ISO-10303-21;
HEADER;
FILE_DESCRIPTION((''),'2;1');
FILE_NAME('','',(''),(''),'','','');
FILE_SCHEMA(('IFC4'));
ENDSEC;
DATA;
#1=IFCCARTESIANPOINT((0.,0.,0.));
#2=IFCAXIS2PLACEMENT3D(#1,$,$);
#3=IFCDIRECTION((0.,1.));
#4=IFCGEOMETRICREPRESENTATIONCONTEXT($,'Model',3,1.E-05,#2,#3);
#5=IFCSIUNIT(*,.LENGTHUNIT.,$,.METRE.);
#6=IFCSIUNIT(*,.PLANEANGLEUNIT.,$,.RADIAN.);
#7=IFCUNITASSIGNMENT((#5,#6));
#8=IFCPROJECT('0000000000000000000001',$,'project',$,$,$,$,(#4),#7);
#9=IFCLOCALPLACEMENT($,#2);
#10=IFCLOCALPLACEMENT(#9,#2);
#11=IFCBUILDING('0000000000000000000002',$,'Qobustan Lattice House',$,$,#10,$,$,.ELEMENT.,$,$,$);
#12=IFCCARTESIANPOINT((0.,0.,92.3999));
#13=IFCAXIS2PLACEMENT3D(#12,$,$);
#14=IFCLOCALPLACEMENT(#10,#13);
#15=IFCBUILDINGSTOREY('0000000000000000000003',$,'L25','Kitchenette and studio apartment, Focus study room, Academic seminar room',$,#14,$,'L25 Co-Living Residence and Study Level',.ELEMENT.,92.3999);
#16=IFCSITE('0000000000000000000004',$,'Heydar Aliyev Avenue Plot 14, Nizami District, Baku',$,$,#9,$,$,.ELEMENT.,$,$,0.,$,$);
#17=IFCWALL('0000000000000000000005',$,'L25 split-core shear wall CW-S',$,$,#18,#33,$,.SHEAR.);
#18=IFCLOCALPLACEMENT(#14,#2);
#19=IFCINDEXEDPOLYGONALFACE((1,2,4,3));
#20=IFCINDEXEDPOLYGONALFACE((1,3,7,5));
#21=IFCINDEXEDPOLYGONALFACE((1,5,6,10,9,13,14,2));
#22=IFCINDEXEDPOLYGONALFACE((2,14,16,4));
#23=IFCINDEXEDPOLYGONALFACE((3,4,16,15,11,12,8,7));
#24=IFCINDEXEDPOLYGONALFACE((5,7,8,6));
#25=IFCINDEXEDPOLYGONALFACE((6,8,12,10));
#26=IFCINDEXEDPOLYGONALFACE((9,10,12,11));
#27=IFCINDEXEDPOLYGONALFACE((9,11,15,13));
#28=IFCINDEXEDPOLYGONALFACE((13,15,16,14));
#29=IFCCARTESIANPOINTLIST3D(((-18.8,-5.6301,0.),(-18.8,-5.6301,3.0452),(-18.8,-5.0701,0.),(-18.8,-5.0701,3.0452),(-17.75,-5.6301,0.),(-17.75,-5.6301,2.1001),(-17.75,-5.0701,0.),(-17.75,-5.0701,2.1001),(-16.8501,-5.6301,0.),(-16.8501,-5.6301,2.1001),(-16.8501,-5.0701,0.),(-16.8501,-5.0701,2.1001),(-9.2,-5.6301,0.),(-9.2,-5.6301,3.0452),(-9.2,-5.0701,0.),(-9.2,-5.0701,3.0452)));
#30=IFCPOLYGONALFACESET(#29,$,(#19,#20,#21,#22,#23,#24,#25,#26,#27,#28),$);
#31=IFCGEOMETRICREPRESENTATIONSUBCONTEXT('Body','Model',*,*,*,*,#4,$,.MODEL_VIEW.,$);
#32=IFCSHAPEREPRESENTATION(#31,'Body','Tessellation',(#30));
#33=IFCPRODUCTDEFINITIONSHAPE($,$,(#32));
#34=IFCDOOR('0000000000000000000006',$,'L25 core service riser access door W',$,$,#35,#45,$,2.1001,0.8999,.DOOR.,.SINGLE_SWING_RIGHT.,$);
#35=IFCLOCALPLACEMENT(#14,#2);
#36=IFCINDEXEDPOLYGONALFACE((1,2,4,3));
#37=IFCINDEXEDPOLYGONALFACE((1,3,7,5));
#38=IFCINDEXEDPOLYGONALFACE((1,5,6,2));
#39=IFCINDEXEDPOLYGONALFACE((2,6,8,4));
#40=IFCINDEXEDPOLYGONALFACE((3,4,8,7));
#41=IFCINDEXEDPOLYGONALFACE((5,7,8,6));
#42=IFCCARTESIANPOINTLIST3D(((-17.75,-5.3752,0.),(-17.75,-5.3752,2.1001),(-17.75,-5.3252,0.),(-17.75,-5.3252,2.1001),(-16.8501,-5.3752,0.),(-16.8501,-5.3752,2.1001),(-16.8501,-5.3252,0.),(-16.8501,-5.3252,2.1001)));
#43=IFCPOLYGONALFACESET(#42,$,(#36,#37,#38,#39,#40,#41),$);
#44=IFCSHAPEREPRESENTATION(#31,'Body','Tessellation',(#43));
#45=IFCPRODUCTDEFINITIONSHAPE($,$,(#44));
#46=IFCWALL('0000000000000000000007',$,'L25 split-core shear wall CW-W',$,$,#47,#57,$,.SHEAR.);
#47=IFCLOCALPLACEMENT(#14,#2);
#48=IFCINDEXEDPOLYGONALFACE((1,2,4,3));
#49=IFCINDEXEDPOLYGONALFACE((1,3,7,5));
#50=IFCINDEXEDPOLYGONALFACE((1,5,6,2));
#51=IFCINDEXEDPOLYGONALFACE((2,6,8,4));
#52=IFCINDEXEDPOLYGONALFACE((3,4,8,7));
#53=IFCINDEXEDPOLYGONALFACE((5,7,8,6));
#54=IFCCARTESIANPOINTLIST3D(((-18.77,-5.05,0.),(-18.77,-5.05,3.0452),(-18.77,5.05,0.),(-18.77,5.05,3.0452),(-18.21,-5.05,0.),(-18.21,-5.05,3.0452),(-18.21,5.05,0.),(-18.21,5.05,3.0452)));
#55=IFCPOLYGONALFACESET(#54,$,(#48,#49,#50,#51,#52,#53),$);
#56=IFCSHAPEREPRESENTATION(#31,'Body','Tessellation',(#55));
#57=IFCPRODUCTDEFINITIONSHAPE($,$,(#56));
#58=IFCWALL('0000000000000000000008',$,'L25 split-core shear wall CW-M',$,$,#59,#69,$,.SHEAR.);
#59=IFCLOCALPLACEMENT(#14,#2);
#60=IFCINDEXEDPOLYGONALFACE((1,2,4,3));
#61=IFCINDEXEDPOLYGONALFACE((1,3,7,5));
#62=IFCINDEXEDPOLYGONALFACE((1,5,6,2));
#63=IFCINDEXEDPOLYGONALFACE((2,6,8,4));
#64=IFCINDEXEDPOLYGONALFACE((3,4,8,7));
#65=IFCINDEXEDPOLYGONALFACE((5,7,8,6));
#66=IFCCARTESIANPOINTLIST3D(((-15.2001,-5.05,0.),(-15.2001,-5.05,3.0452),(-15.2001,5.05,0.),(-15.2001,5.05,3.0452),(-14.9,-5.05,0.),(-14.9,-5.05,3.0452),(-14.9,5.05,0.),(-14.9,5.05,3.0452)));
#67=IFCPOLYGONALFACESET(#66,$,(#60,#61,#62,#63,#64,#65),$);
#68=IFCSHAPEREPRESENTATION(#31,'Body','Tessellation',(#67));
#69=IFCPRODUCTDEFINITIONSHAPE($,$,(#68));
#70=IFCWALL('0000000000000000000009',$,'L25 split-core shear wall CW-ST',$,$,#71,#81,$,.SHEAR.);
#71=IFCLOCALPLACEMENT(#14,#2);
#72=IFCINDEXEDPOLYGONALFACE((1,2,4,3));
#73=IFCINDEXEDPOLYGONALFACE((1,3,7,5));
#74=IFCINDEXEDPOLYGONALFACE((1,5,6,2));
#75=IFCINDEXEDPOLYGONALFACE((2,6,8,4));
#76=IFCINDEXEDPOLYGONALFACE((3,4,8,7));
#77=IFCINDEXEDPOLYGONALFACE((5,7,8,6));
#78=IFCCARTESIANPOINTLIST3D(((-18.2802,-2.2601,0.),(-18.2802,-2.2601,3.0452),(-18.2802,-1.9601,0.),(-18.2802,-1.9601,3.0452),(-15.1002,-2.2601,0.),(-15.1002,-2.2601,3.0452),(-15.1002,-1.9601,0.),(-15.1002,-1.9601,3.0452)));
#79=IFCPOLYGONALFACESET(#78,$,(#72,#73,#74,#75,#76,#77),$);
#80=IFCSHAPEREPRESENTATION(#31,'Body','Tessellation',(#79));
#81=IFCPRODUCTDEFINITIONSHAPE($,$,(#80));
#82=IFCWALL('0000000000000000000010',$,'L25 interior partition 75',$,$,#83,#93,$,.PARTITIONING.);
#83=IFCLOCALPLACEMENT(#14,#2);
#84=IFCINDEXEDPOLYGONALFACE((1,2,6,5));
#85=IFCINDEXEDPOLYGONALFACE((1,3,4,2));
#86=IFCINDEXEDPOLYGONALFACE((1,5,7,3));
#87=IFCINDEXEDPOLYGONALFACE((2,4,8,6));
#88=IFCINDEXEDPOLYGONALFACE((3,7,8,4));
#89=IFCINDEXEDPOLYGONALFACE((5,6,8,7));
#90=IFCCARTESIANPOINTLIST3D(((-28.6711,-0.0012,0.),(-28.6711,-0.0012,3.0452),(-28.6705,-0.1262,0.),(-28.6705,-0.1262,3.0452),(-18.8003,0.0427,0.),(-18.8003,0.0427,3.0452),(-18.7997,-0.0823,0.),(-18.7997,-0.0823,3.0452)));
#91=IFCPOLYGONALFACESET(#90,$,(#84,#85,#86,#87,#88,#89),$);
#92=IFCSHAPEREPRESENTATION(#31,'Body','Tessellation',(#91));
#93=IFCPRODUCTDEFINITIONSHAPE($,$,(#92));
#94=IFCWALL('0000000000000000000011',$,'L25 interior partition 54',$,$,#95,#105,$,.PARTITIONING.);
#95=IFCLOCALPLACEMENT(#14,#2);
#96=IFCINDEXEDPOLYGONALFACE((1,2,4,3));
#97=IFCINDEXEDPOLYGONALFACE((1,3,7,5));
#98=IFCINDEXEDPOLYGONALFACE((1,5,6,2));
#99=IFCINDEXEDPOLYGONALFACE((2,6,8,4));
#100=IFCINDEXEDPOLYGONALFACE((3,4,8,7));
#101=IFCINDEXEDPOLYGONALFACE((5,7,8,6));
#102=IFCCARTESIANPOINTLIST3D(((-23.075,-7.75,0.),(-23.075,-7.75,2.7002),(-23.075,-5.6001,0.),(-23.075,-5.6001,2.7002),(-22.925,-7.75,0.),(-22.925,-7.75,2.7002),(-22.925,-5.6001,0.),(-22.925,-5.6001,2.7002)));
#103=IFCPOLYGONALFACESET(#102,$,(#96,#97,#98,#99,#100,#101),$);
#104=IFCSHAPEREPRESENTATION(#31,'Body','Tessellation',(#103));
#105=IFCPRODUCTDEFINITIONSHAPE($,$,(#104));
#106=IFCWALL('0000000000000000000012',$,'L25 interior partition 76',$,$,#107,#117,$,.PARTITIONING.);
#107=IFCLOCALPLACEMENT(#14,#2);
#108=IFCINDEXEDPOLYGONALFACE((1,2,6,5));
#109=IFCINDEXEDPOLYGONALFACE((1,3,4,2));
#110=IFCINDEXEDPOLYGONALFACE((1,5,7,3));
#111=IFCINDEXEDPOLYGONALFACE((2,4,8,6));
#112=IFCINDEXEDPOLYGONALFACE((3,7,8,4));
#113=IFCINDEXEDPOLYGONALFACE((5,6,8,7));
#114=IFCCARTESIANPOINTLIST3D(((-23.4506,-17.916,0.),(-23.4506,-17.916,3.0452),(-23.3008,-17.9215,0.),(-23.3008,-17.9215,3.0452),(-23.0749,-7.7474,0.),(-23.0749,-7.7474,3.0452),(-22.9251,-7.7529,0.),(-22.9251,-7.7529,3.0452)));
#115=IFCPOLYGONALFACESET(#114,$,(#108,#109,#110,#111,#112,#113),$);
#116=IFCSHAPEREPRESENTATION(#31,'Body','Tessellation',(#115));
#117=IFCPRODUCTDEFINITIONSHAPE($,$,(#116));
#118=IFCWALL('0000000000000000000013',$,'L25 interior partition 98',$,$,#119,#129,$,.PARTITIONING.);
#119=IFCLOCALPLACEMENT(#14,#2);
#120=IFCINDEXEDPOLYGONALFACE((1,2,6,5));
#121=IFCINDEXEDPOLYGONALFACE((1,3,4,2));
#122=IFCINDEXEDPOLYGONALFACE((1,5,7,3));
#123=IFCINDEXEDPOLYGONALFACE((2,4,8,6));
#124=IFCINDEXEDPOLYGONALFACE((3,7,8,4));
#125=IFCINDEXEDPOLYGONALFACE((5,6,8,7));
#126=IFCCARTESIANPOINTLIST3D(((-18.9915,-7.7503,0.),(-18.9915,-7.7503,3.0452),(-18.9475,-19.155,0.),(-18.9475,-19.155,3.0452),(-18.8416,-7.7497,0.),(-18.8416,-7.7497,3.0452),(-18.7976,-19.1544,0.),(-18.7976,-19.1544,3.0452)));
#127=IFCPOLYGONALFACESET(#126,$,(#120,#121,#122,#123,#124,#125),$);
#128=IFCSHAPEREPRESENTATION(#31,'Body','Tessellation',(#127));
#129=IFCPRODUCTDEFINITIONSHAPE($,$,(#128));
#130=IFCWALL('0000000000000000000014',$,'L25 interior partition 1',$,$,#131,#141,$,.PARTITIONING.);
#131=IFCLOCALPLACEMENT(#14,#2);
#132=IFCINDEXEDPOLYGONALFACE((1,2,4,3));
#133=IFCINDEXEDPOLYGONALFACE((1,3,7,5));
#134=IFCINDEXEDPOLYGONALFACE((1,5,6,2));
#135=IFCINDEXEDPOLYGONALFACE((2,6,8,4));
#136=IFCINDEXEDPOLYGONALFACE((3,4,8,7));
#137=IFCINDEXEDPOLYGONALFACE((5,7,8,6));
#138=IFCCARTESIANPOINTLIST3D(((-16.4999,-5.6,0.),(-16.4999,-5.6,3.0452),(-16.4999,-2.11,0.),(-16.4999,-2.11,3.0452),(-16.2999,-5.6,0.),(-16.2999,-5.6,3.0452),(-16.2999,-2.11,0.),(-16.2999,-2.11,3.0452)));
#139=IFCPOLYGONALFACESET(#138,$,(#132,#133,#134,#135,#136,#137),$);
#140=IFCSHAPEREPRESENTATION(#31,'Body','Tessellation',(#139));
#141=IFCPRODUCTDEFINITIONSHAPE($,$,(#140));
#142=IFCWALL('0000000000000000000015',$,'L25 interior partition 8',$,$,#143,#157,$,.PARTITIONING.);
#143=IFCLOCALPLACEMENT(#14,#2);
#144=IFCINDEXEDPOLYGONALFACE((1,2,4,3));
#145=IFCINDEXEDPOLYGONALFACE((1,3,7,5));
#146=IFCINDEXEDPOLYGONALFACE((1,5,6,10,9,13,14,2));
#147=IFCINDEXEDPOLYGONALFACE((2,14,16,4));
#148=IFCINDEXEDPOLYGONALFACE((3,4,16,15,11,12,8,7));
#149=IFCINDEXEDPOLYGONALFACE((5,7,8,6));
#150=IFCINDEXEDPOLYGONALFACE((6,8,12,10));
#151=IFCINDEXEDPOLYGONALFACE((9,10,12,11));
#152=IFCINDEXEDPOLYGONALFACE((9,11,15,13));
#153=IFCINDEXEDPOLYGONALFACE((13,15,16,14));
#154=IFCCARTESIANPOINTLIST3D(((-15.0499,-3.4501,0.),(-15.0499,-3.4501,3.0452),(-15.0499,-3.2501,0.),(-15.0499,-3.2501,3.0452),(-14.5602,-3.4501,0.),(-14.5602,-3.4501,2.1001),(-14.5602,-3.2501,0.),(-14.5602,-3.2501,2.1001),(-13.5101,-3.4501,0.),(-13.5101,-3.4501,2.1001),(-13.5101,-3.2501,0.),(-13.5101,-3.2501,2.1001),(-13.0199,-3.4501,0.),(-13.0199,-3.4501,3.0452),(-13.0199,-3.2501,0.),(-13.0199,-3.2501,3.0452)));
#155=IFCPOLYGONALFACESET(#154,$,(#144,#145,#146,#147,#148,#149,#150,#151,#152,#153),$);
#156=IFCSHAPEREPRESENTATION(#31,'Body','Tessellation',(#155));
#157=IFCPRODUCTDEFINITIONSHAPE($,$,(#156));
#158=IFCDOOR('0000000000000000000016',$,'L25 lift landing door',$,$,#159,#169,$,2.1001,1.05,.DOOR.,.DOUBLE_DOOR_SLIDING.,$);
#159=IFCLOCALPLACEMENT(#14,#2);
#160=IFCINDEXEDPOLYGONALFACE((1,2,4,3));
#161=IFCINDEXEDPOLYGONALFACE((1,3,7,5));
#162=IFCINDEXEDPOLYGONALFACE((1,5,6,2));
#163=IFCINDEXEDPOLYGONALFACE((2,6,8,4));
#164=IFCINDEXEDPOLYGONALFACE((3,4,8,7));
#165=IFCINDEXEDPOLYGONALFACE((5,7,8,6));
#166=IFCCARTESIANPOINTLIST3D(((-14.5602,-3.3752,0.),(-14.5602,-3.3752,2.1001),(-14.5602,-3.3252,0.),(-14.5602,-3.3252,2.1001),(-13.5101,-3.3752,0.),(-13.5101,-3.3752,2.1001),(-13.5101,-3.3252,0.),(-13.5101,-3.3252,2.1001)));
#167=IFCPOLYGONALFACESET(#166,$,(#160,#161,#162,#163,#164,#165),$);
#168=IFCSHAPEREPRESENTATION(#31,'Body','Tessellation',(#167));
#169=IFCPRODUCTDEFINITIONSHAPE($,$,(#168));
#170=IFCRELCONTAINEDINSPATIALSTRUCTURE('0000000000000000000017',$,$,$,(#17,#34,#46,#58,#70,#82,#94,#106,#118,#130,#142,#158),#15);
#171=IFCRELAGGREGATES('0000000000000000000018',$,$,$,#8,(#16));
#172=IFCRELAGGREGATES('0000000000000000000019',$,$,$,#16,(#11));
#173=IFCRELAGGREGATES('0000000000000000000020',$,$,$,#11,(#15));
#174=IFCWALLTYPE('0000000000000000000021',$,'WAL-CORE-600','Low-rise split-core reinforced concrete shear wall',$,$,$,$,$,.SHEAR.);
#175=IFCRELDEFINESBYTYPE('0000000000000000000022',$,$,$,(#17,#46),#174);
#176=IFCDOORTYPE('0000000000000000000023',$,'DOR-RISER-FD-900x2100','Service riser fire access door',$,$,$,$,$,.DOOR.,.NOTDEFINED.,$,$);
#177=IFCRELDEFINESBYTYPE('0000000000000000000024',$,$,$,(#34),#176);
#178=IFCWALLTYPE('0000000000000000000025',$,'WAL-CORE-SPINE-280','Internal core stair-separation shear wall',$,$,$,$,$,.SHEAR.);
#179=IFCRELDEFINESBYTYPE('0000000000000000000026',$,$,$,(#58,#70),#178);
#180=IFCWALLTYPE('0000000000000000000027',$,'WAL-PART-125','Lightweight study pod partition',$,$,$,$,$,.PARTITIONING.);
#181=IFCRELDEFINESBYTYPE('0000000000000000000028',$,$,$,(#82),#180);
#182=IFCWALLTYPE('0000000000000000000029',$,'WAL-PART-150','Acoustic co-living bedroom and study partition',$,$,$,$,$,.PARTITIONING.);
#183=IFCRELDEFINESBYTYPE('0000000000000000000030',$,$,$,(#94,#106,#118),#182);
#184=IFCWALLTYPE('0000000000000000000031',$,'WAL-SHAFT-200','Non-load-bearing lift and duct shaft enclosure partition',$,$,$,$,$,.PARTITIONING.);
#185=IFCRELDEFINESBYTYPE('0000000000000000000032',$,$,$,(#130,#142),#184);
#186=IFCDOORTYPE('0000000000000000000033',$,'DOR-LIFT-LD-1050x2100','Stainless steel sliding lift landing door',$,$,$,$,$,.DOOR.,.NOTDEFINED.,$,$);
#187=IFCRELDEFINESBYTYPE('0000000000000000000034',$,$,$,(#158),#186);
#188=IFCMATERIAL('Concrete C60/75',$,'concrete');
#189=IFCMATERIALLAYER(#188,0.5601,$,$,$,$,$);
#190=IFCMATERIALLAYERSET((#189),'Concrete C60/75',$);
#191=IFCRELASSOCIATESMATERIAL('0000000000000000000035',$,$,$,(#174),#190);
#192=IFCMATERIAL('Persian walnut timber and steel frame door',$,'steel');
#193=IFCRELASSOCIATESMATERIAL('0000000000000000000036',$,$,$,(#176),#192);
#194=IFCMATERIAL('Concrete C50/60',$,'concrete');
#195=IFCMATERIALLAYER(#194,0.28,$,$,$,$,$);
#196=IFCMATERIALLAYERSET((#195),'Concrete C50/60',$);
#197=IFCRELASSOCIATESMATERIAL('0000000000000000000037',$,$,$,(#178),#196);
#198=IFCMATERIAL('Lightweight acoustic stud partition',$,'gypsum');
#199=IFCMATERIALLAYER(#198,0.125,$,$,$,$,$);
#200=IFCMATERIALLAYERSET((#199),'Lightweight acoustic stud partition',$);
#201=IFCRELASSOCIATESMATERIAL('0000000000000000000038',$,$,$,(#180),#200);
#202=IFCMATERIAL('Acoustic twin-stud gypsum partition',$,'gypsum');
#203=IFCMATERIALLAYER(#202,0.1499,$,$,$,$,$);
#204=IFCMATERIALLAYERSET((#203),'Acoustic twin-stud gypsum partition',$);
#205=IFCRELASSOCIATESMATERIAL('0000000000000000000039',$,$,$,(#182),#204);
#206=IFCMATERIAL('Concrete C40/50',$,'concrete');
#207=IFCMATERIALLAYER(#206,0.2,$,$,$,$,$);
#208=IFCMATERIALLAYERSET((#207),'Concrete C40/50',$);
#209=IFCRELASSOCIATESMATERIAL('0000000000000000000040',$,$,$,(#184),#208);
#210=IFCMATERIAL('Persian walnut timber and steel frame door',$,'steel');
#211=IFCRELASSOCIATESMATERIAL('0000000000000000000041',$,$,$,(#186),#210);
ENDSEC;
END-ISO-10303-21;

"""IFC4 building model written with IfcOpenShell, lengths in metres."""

from ifc_helpers import new_model, si_unit, direction, frame, frame_2d, origin, place, context, subcontext, project, spatial, rectangle, extrude, material, layer, layer_set, type_object, element, fill, save


model = new_model("IFC4")

# Units and contexts
model_context = context("Model", 3, precision=1e-05, world=origin(), true_north=direction((0.0, 1.0)))
body_context = subcontext(model_context, "Body", "Model", "MODEL_VIEW")
ifc_project = project(units=[si_unit("LENGTHUNIT", "METRE"), si_unit("PLANEANGLEUNIT", "RADIAN")], contexts=[model_context])

# Site, building, storey
site_placement = place(None, origin())
site = spatial("IfcSite", under=ifc_project, at=site_placement, Name="Heydar Aliyev Avenue Plot 14, Nizami District, Baku", CompositionType="ELEMENT", RefElevation=0.0)
building_placement = place(site_placement, origin())
building = spatial("IfcBuilding", under=site, at=building_placement, Name="Qobustan Lattice House", CompositionType="ELEMENT")
storey_placement = place(building_placement, frame((0.0, 0.0, 92.3999)))
storey = spatial("IfcBuildingStorey", under=building, at=storey_placement, Name="L25", Description="Kitchenette and studio apartment, Focus study room, Academic seminar room", LongName="L25 Co-Living Residence and Study Level", CompositionType="ELEMENT", Elevation=92.3999)

# Wall, opening, door
ifc_material_1 = material(Name="Concrete C60/75", Category="concrete")
ifc_layer_1 = layer(ifc_material_1, 0.5601)
ifc_layer_set_1 = layer_set([ifc_layer_1], Name="Concrete C60/75")
wall_type_1 = type_object("IfcWallType", Name="WAL-CORE-600", Description="Low-rise split-core reinforced concrete shear wall", PredefinedType="SHEAR", material=ifc_layer_set_1)
wall_1_placement = place(storey_placement, frame((-18.8, -5.3501, 0.0), z_axis=(0.0, 0.0, 1.0), x_axis=(1.0, 0.0, 0.0)))
wall_1 = element("IfcWall", 1, at=wall_1_placement, inside=storey, type_object=wall_type_1, Name="L25 split-core shear wall CW-S", PredefinedType="SHEAR", context=body_context, shape_type="SweptSolid", body=[
    extrude(rectangle(XDim=9.6001, YDim=0.5601, at=frame_2d((4.8, 0.0))), origin(), (0.0, 0.0, 1.0), 3.0452),
])
opening_1_placement = place(wall_1_placement, frame((1.05, 0.0, 0.0)))
opening_1 = element("IfcOpeningElement", 2, at=opening_1_placement, cuts=wall_1, PredefinedType="OPENING", context=body_context, shape_type="SweptSolid", body=[
    extrude(rectangle(XDim=0.8999, YDim=2.1001, at=frame_2d((0.45, 1.05))), frame((0.0, 0.29, 0.0), z_axis=(0.0, -1.0, 0.0), x_axis=(1.0, 0.0, 0.0)), (0.0, 0.0, 1.0), 0.5801),
])
ifc_material_2 = material(Name="Persian walnut timber and steel frame door", Category="steel")
door_type_1 = type_object("IfcDoorType", Name="DOR-RISER-FD-900x2100", Description="Service riser fire access door", OperationType="NOTDEFINED", PredefinedType="DOOR", material=ifc_material_2)
door_1_placement = place(opening_1_placement, origin())
door_1 = element("IfcDoor", 3, at=door_1_placement, inside=storey, type_object=door_type_1, Name="L25 core service riser access door W", OperationType="SINGLE_SWING_RIGHT", OverallHeight=2.1001, OverallWidth=0.8999, PredefinedType="DOOR", context=body_context, shape_type="SweptSolid", body=[
    extrude(rectangle(XDim=0.8999, YDim=2.1001, at=frame_2d((0.45, 1.05))), frame((0.0, 0.0249, 0.0), z_axis=(0.0, -1.0, 0.0), x_axis=(1.0, 0.0, 0.0)), (0.0, 0.0, 1.0), 0.05),
])
fill(opening_1, door_1)

# Walls
wall_2_placement = place(storey_placement, frame((-18.49, -5.05, 0.0), z_axis=(0.0, 0.0, 1.0), x_axis=(0.0, 1.0, 0.0)))
element("IfcWall", 4, at=wall_2_placement, inside=storey, type_object=wall_type_1, Name="L25 split-core shear wall CW-W", PredefinedType="SHEAR", context=body_context, shape_type="SweptSolid", body=[
    extrude(rectangle(XDim=10.1001, YDim=0.5601, at=frame_2d((5.05, 0.0))), origin(), (0.0, 0.0, 1.0), 3.0452),
])
ifc_material_3 = material(Name="Concrete C50/60", Category="concrete")
ifc_layer_2 = layer(ifc_material_3, 0.28)
ifc_layer_set_2 = layer_set([ifc_layer_2], Name="Concrete C50/60")
wall_type_2 = type_object("IfcWallType", Name="WAL-CORE-SPINE-280", Description="Internal core stair-separation shear wall", PredefinedType="SHEAR", material=ifc_layer_set_2)
wall_3_placement = place(storey_placement, frame((-15.05, -5.05, 0.0), z_axis=(0.0, 0.0, 1.0), x_axis=(0.0, 1.0, 0.0)))
element("IfcWall", 5, at=wall_3_placement, inside=storey, type_object=wall_type_2, Name="L25 split-core shear wall CW-M", PredefinedType="SHEAR", context=body_context, shape_type="SweptSolid", body=[
    extrude(rectangle(XDim=10.1001, YDim=0.3, at=frame_2d((5.05, 0.0))), origin(), (0.0, 0.0, 1.0), 3.0452),
])
wall_4_placement = place(storey_placement, frame((-18.28, -2.1101, 0.0), z_axis=(0.0, 0.0, 1.0), x_axis=(1.0, 0.0, 0.0)))
element("IfcWall", 6, at=wall_4_placement, inside=storey, type_object=wall_type_2, Name="L25 split-core shear wall CW-ST", PredefinedType="SHEAR", context=body_context, shape_type="SweptSolid", body=[
    extrude(rectangle(XDim=3.1799, YDim=0.3, at=frame_2d((1.5898, 0.0))), origin(), (0.0, 0.0, 1.0), 3.0452),
])
ifc_material_4 = material(Name="Lightweight acoustic stud partition", Category="gypsum")
ifc_layer_3 = layer(ifc_material_4, 0.125)
ifc_layer_set_3 = layer_set([ifc_layer_3], Name="Lightweight acoustic stud partition")
wall_type_3 = type_object("IfcWallType", Name="WAL-PART-125", Description="Lightweight study pod partition", PredefinedType="PARTITIONING", material=ifc_layer_set_3)
wall_5_placement = place(storey_placement, frame((-28.6709, -0.0637, 0.0), z_axis=(0.0, 0.0, 1.0), x_axis=(0.99999, 0.004452, 0.0)))
element("IfcWall", 7, at=wall_5_placement, inside=storey, type_object=wall_type_3, Name="L25 interior partition 75", PredefinedType="PARTITIONING", context=body_context, shape_type="SweptSolid", body=[
    extrude(rectangle(XDim=9.8708, YDim=0.125, at=frame_2d((4.9355, 0.0))), origin(), (0.0, 0.0, 1.0), 3.0452),
])

# Shared definitions
ifc_material_5 = material(Name="Acoustic twin-stud gypsum partition", Category="gypsum")
ifc_layer_4 = layer(ifc_material_5, 0.1499)
ifc_layer_set_4 = layer_set([ifc_layer_4], Name="Acoustic twin-stud gypsum partition")
wall_type_4 = type_object("IfcWallType", Name="WAL-PART-150", Description="Acoustic co-living bedroom and study partition", PredefinedType="PARTITIONING", material=ifc_layer_set_4)

# Wall
wall_6_placement = place(storey_placement, frame((-23.0, -7.75, 0.0), z_axis=(0.0, 0.0, 1.0), x_axis=(0.0, 1.0, 0.0)))
element("IfcWall", 8, at=wall_6_placement, inside=storey, type_object=wall_type_4, Name="L25 interior partition 54", PredefinedType="PARTITIONING", context=body_context, shape_type="SweptSolid", body=[
    extrude(rectangle(XDim=2.1499, YDim=0.1499, at=frame_2d((1.075, 0.0))), origin(), (0.0, 0.0, 1.0), 2.7002),
])

# Walls
wall_7_placement = place(storey_placement, frame((-23.0, -7.75, 0.0), z_axis=(0.0, 0.0, 1.0), x_axis=(-0.036925, -0.999318, 0.0)))
element("IfcWall", 9, at=wall_7_placement, inside=storey, type_object=wall_type_4, Name="L25 interior partition 76", PredefinedType="PARTITIONING", context=body_context, shape_type="SweptSolid", body=[
    extrude(rectangle(XDim=10.1755, YDim=0.1499, at=frame_2d((5.0879, 0.0))), origin(), (0.0, 0.0, 1.0), 3.0452),
])
wall_8_placement = place(storey_placement, frame((-18.9165, -7.75, 0.0), z_axis=(0.0, 0.0, 1.0), x_axis=(0.003853, -0.999993, 0.0)))
element("IfcWall", 10, at=wall_8_placement, inside=storey, type_object=wall_type_4, Name="L25 interior partition 98", PredefinedType="PARTITIONING", context=body_context, shape_type="SweptSolid", body=[
    extrude(rectangle(XDim=11.4048, YDim=0.1499, at=frame_2d((5.7024, 0.0))), origin(), (0.0, 0.0, 1.0), 3.0452),
])
ifc_material_6 = material(Name="Concrete C40/50", Category="concrete")
ifc_layer_5 = layer(ifc_material_6, 0.2)
ifc_layer_set_5 = layer_set([ifc_layer_5], Name="Concrete C40/50")
wall_type_5 = type_object("IfcWallType", Name="WAL-SHAFT-200", Description="Non-load-bearing lift and duct shaft enclosure partition", PredefinedType="PARTITIONING", material=ifc_layer_set_5)
wall_9_placement = place(storey_placement, frame((-16.3999, -5.6001, 0.0), z_axis=(0.0, 0.0, 1.0), x_axis=(0.0, 1.0, 0.0)))
element("IfcWall", 11, at=wall_9_placement, inside=storey, type_object=wall_type_5, Name="L25 interior partition 1", PredefinedType="PARTITIONING", context=body_context, shape_type="SweptSolid", body=[
    extrude(rectangle(XDim=3.49, YDim=0.2, at=frame_2d((1.7451, 0.0))), origin(), (0.0, 0.0, 1.0), 3.0452),
])

# Wall, opening, door
wall_10_placement = place(storey_placement, frame((-15.05, -3.3501, 0.0), z_axis=(0.0, 0.0, 1.0), x_axis=(1.0, 0.0, 0.0)))
wall_10 = element("IfcWall", 12, at=wall_10_placement, inside=storey, type_object=wall_type_5, Name="L25 interior partition 8", PredefinedType="PARTITIONING", context=body_context, shape_type="SweptSolid", body=[
    extrude(rectangle(XDim=2.03, YDim=0.2, at=frame_2d((1.0151, 0.0))), origin(), (0.0, 0.0, 1.0), 3.0452),
])
opening_2_placement = place(wall_10_placement, frame((0.49, 0.0, 0.0)))
opening_2 = element("IfcOpeningElement", 13, at=opening_2_placement, cuts=wall_10, PredefinedType="OPENING", context=body_context, shape_type="SweptSolid", body=[
    extrude(rectangle(XDim=1.05, YDim=2.1001, at=frame_2d((0.5249, 1.05))), frame((0.0, 0.1099, 0.0), z_axis=(0.0, -1.0, 0.0), x_axis=(1.0, 0.0, 0.0)), (0.0, 0.0, 1.0), 0.22),
])
ifc_material_7 = material(Name="Persian walnut timber and steel frame door", Category="steel")
door_type_2 = type_object("IfcDoorType", Name="DOR-LIFT-LD-1050x2100", Description="Stainless steel sliding lift landing door", OperationType="NOTDEFINED", PredefinedType="DOOR", material=ifc_material_7)
door_2_placement = place(opening_2_placement, origin())
door_2 = element("IfcDoor", 14, at=door_2_placement, inside=storey, type_object=door_type_2, Name="L25 lift landing door", OperationType="DOUBLE_DOOR_SLIDING", OverallHeight=2.1001, OverallWidth=1.05, PredefinedType="DOOR", context=body_context, shape_type="SweptSolid", body=[
    extrude(rectangle(XDim=1.05, YDim=2.1001, at=frame_2d((0.5249, 1.05))), frame((0.0, 0.0249, 0.0), z_axis=(0.0, -1.0, 0.0), x_axis=(1.0, 0.0, 0.0)), (0.0, 0.0, 1.0), 0.05),
])
fill(opening_2, door_2)

save(model, "model.ifc")
